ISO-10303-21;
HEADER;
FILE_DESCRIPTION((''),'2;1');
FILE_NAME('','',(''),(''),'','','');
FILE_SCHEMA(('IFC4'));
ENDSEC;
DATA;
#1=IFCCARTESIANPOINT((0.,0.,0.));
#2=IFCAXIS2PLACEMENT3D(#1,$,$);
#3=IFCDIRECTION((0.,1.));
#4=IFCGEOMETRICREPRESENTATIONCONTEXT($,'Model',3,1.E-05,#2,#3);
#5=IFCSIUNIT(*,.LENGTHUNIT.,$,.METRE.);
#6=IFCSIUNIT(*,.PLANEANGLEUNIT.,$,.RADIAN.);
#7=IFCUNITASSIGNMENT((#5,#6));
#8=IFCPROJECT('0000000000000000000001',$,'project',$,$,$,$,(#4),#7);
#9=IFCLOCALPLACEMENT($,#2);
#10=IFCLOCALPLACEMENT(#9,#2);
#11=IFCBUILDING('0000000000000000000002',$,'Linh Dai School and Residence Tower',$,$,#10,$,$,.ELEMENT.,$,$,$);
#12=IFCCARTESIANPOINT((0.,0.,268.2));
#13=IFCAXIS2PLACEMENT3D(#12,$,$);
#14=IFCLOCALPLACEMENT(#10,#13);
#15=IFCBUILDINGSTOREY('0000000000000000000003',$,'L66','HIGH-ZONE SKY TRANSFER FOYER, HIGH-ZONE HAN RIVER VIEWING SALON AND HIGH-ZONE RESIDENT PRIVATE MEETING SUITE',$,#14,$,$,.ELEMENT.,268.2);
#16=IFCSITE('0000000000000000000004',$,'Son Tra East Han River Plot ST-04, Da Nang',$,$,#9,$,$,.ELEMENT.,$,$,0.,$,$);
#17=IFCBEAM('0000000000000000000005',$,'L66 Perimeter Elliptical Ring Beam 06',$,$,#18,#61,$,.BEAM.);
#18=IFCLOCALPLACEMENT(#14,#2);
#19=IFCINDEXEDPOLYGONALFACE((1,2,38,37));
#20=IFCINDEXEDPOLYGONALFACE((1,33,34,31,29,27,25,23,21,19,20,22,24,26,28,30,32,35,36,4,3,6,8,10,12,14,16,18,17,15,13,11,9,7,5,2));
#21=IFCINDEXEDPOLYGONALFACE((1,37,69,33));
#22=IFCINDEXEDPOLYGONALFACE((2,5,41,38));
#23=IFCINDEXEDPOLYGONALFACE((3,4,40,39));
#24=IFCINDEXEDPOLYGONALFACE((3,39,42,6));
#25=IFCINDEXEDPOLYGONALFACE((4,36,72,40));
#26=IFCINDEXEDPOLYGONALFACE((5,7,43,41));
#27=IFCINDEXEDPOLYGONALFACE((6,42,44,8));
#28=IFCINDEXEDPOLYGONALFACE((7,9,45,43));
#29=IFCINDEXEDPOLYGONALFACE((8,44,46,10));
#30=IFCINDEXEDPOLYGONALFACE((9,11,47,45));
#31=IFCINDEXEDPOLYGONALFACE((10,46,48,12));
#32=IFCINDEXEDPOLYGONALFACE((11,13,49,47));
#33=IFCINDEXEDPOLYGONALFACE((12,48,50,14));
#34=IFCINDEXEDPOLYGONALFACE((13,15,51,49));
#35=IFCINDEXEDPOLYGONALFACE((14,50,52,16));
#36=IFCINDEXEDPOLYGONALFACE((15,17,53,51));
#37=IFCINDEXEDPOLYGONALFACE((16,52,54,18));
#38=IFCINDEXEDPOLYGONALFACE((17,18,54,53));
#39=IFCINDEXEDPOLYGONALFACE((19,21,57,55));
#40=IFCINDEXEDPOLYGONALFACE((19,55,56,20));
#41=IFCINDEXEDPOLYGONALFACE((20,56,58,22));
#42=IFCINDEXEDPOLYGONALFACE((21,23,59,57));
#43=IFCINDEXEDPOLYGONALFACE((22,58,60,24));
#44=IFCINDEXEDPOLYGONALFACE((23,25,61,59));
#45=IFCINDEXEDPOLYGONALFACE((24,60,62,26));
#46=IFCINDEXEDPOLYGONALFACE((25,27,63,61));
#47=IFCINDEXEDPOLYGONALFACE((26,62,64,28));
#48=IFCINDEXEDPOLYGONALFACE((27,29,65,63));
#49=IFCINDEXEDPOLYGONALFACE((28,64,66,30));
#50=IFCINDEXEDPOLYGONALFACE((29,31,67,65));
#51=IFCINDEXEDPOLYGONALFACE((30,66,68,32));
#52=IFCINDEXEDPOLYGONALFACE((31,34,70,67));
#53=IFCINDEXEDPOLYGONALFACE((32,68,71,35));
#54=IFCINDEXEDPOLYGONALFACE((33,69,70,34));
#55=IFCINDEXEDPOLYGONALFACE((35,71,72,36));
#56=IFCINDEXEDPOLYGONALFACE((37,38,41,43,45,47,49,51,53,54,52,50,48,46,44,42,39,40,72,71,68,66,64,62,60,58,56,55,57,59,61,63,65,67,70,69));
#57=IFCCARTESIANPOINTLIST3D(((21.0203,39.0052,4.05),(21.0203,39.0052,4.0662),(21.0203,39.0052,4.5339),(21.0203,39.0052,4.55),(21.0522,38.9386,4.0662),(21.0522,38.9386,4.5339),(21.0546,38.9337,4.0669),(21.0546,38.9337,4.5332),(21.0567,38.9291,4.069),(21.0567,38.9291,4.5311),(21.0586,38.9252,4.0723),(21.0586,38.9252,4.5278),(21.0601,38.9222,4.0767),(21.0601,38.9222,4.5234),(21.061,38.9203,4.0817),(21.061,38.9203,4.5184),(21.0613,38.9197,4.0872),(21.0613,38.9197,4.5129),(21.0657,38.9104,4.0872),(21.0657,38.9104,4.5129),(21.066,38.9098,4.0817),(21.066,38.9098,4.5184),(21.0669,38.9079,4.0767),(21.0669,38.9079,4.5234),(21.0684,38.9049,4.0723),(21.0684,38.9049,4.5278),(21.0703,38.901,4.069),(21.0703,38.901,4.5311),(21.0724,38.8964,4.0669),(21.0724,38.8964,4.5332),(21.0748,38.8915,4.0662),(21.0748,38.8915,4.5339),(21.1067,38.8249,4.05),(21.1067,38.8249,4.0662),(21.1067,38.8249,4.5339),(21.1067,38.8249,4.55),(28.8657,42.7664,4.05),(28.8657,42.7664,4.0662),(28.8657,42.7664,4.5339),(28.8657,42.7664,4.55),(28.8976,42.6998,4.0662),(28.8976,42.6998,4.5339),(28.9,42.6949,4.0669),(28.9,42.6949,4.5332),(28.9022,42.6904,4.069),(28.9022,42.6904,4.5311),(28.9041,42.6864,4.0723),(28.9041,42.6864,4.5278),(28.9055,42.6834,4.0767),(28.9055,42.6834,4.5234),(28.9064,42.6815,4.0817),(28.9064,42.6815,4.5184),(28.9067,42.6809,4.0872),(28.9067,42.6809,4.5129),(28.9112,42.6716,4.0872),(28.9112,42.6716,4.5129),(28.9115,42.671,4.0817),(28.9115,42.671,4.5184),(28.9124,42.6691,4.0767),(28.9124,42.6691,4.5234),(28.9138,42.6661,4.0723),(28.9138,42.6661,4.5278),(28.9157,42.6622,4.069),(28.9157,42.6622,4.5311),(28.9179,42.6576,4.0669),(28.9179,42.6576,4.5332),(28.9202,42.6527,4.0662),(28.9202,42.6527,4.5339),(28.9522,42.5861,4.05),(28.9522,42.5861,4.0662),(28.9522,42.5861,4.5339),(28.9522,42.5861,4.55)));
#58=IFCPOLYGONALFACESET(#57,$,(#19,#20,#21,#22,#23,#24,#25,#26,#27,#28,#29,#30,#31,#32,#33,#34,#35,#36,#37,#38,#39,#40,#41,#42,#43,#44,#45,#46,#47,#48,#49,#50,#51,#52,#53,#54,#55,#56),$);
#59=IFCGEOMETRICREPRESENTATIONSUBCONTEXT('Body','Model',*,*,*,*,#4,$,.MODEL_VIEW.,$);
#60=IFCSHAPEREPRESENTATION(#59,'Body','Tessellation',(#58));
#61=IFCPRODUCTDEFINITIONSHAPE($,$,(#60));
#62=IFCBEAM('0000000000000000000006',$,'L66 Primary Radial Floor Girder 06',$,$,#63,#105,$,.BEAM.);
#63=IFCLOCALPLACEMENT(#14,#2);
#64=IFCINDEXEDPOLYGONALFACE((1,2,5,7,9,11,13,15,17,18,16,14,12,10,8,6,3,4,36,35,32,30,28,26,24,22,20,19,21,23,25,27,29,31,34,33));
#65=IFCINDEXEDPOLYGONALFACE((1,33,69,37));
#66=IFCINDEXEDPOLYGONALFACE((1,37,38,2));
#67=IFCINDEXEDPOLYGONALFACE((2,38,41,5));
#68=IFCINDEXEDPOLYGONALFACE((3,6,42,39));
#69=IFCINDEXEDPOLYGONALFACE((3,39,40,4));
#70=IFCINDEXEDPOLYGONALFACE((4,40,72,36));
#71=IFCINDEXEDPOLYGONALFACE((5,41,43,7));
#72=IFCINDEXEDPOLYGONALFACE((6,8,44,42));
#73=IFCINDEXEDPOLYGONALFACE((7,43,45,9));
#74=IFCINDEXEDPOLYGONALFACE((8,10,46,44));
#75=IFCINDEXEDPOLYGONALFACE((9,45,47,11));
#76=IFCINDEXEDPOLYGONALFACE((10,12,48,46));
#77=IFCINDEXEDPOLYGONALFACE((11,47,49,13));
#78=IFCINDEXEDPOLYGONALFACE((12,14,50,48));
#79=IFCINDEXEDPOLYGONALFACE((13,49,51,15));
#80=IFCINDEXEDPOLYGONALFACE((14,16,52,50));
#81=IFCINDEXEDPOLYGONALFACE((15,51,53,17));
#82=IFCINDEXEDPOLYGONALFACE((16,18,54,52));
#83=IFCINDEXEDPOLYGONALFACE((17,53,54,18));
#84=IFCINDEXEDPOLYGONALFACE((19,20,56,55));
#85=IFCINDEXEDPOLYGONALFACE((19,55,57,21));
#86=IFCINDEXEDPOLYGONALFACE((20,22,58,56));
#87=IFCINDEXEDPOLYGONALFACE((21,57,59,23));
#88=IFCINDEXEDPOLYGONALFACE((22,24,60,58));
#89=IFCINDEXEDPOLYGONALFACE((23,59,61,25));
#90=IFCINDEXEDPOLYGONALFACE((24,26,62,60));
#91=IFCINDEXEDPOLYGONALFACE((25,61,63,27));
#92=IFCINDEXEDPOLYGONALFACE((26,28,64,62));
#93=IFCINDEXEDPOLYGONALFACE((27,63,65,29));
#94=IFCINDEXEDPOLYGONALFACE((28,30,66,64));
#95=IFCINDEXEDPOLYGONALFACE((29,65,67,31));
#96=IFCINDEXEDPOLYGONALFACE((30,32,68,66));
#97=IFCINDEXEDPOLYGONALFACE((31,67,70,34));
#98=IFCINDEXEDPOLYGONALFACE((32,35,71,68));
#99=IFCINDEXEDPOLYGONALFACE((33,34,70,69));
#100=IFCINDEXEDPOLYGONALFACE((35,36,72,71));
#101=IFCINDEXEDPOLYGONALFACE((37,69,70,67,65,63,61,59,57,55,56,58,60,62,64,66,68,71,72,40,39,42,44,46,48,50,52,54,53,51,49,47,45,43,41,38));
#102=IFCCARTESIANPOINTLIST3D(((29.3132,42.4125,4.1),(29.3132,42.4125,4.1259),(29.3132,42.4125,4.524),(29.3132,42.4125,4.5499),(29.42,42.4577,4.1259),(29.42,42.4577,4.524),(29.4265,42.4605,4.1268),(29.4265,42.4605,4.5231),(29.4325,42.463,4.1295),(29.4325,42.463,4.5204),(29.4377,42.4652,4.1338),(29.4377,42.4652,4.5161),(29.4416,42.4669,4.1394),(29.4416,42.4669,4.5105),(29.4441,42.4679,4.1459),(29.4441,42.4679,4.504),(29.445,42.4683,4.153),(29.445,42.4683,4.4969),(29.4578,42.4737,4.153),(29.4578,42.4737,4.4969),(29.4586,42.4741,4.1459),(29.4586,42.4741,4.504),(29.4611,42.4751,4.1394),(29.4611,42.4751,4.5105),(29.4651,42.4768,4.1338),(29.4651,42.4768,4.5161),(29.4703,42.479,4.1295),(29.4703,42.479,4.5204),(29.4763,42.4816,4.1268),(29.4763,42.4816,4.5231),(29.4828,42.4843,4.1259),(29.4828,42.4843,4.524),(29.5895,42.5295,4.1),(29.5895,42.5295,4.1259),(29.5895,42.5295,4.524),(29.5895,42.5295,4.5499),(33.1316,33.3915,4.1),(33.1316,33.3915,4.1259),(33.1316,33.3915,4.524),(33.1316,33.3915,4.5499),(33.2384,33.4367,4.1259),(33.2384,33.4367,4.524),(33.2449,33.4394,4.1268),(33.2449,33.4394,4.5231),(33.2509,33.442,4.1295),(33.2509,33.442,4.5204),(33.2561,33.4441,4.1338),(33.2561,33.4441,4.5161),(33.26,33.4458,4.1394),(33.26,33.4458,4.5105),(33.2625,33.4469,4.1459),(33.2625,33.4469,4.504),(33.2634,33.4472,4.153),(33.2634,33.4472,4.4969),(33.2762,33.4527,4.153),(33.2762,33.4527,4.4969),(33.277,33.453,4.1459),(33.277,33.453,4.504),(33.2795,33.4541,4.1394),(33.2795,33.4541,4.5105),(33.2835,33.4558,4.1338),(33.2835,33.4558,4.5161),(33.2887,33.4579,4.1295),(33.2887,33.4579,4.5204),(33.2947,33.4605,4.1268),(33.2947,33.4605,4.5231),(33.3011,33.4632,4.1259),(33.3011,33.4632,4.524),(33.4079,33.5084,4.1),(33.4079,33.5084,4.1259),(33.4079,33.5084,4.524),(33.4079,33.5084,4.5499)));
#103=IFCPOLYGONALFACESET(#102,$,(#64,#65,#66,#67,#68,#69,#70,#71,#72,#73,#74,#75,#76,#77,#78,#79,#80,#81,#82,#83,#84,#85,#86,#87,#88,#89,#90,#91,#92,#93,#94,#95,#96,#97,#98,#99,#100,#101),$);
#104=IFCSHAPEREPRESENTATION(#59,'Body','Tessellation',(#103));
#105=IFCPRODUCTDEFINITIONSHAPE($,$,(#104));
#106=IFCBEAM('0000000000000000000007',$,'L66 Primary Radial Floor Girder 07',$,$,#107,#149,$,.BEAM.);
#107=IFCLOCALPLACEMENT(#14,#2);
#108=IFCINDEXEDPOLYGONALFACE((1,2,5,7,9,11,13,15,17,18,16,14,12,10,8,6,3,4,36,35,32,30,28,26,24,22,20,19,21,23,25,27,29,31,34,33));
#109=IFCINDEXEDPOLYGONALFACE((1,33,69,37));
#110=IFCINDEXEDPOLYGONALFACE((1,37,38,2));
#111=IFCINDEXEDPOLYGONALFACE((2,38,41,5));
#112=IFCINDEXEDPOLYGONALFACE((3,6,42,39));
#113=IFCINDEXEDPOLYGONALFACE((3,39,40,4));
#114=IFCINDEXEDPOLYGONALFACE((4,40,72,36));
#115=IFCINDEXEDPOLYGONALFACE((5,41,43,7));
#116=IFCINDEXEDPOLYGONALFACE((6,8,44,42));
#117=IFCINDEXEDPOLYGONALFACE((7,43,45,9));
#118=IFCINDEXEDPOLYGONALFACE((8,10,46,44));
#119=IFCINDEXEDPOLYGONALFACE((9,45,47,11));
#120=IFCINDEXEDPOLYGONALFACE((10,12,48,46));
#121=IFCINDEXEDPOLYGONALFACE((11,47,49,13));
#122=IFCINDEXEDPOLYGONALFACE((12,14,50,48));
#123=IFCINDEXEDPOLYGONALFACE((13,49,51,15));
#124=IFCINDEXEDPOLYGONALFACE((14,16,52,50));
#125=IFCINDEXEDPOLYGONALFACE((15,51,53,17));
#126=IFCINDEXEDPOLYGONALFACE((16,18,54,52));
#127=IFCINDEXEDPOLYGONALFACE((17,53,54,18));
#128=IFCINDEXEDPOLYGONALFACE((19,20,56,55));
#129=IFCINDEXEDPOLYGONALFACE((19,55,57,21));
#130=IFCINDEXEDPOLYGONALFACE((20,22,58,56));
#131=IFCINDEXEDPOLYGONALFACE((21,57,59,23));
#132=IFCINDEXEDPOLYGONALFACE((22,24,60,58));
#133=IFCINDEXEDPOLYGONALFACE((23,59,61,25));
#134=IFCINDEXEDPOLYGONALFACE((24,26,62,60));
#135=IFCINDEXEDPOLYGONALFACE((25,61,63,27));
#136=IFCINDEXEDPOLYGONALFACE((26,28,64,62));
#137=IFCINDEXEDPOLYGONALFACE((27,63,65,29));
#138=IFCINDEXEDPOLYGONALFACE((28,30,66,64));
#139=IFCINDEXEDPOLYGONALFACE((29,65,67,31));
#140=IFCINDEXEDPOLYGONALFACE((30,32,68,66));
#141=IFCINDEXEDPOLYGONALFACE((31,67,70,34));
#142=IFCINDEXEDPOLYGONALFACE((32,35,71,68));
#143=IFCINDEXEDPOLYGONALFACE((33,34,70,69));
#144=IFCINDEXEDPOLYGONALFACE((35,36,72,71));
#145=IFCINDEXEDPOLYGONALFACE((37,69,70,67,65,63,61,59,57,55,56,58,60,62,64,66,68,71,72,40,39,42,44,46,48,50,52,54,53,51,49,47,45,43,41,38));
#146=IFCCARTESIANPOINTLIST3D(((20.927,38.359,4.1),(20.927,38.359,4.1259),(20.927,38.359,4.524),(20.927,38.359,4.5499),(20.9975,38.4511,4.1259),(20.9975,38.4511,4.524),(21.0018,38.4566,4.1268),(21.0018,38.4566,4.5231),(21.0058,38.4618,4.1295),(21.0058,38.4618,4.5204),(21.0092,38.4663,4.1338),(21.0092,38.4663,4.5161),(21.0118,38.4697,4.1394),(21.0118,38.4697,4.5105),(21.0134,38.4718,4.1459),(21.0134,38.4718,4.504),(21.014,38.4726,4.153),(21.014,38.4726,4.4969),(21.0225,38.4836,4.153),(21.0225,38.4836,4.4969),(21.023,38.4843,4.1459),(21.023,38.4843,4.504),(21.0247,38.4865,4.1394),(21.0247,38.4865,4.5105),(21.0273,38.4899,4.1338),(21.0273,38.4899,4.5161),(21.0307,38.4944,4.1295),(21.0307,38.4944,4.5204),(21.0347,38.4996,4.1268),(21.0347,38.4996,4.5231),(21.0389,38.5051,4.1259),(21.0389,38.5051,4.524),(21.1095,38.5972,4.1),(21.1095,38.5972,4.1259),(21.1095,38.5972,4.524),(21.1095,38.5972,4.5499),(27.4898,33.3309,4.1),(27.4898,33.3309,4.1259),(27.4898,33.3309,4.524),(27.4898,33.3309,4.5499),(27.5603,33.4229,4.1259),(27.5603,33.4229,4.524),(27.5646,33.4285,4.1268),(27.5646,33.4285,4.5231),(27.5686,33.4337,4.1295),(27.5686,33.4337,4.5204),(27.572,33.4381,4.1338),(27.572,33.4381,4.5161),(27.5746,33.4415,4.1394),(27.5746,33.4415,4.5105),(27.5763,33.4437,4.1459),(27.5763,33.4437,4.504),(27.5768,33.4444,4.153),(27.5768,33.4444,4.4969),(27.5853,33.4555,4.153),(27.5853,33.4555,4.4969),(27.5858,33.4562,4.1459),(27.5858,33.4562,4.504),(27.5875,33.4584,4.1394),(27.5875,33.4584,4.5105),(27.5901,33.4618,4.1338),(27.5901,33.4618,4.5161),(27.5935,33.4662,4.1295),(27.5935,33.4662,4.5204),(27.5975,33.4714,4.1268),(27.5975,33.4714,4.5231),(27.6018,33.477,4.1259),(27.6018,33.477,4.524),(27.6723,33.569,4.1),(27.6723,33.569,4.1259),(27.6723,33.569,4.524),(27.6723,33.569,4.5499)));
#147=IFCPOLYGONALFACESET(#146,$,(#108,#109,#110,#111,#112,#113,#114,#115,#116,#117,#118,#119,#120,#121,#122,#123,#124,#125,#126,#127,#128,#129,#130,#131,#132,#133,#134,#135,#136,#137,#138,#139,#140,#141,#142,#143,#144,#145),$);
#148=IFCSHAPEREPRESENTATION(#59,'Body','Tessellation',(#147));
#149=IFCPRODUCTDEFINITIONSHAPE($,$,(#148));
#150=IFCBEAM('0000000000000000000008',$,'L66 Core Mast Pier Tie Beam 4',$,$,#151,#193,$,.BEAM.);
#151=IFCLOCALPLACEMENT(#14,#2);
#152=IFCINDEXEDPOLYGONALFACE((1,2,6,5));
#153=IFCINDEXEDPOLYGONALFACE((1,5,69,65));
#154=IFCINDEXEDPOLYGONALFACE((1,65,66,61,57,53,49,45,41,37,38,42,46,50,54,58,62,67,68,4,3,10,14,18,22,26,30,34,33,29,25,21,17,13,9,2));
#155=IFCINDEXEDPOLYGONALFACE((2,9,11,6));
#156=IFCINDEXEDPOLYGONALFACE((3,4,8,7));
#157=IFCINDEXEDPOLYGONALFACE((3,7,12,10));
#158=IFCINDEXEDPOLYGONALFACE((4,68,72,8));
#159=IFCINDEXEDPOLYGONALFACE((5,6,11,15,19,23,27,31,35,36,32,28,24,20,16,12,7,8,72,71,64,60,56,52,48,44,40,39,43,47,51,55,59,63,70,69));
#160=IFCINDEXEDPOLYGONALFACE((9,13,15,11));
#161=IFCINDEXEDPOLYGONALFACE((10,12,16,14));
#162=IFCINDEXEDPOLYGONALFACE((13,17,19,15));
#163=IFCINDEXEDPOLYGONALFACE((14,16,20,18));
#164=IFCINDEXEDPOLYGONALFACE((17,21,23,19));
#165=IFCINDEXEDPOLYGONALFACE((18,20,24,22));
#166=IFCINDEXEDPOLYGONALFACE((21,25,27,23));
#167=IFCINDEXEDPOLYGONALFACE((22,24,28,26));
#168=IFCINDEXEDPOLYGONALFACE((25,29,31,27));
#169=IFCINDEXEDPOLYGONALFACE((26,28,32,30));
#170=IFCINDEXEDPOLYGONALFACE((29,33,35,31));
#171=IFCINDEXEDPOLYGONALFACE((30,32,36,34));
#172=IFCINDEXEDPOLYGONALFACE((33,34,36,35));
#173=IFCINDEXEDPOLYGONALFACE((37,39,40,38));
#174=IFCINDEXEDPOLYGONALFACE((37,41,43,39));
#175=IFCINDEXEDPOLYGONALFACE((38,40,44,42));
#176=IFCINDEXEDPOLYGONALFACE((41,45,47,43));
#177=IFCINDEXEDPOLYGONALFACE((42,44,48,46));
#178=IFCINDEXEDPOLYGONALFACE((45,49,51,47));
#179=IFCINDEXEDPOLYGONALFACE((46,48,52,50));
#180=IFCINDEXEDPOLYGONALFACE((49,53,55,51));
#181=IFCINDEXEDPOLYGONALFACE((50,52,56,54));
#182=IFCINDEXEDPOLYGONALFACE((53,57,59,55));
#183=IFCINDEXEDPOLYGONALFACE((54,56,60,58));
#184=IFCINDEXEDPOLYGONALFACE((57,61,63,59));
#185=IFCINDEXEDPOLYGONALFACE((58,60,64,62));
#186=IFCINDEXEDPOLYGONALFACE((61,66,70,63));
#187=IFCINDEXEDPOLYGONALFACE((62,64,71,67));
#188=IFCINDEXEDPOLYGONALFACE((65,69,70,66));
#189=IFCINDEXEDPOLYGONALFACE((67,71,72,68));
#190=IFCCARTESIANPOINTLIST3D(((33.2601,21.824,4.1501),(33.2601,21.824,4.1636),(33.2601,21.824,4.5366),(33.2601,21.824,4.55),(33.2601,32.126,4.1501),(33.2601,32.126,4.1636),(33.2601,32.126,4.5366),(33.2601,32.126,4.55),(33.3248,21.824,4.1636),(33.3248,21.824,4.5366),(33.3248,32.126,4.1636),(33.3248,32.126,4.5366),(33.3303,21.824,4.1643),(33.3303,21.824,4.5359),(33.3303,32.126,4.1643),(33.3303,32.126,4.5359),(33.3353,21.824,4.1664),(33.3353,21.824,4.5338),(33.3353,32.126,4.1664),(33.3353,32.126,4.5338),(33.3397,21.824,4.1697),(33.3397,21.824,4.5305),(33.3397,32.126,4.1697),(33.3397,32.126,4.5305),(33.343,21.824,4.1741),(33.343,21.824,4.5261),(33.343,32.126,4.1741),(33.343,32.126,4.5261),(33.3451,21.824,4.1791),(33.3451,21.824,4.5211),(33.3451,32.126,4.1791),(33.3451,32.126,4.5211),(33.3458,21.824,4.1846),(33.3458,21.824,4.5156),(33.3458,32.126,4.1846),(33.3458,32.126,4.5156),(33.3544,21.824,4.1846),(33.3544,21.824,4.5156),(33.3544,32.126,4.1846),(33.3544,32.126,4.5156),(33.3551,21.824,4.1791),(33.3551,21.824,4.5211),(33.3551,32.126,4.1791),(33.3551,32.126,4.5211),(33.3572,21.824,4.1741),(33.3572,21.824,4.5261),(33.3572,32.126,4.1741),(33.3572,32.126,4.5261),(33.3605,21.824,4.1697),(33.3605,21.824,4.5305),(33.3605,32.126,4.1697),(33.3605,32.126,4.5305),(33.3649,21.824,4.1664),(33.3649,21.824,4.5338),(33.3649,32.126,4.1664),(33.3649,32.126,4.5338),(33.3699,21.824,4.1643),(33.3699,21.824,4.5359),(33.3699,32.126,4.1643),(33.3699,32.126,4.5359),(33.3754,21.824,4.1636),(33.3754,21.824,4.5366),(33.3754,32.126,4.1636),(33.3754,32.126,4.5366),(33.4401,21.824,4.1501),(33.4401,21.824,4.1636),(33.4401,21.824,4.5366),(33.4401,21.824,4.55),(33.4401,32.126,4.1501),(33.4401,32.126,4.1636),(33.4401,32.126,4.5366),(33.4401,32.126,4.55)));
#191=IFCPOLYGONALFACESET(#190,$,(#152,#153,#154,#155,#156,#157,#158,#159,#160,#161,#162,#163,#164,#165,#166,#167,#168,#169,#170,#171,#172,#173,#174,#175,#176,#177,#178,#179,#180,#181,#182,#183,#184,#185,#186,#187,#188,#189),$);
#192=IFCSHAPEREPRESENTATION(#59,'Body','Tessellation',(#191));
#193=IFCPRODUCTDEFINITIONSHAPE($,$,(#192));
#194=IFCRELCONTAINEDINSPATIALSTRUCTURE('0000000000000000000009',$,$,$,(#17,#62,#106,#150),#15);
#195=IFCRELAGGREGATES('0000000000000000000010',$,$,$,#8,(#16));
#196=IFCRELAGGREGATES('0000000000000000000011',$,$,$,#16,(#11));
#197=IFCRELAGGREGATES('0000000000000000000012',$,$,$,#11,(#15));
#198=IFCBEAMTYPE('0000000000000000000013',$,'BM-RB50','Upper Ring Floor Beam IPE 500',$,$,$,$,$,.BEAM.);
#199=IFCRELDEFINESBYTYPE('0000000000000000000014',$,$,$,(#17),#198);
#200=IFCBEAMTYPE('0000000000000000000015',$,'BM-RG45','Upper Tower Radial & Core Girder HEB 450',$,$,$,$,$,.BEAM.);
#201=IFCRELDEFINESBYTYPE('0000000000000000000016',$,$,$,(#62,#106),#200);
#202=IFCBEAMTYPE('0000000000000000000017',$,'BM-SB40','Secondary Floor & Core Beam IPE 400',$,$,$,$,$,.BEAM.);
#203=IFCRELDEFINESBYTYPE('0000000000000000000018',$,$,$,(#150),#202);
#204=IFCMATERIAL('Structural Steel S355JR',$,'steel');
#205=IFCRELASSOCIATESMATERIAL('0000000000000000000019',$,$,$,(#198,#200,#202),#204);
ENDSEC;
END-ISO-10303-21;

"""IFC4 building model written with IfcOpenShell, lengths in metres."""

from ifc_helpers import new_model, si_unit, direction, frame, origin, origin_2d, place, context, subcontext, project, spatial, i_section, extrude, material, material_profile, profile_set, type_object, element, save


model = new_model("IFC4")

# Units and contexts
model_context = context("Model", 3, precision=1e-05, world=origin(), true_north=direction((0.0, 1.0)))
body_context = subcontext(model_context, "Body", "Model", "MODEL_VIEW")
ifc_project = project(units=[si_unit("LENGTHUNIT", "METRE"), si_unit("PLANEANGLEUNIT", "RADIAN")], contexts=[model_context])

# Site, building, storey
site_placement = place(None, origin())
site = spatial("IfcSite", under=ifc_project, at=site_placement, Name="Son Tra East Han River Plot ST-04, Da Nang", CompositionType="ELEMENT", RefElevation=0.0)
building_placement = place(site_placement, origin())
building = spatial("IfcBuilding", under=site, at=building_placement, Name="Linh Dai School and Residence Tower", CompositionType="ELEMENT")
storey_placement = place(building_placement, frame((0.0, 0.0, 268.2)))
storey = spatial("IfcBuildingStorey", under=building, at=storey_placement, Name="L66", Description="HIGH-ZONE SKY TRANSFER FOYER, HIGH-ZONE HAN RIVER VIEWING SALON AND HIGH-ZONE RESIDENT PRIVATE MEETING SUITE", CompositionType="ELEMENT", Elevation=268.2)

# Shared definitions
ifc_material_1 = material(Name="Structural Steel S355JR", Category="steel")

# Beams
ifc_material_profile_1 = material_profile(ifc_material_1, i_section(OverallWidth=0.2, OverallDepth=0.5, WebThickness=0.0103, FlangeThickness=0.0161, FilletRadius=0.021, at=origin_2d()), Name="IPE 500")
ifc_profile_set_1 = profile_set([ifc_material_profile_1], Name="Structural Steel S355JR")
beam_type_1 = type_object("IfcBeamType", Name="BM-RB50", Description="Upper Ring Floor Beam IPE 500", PredefinedType="BEAM", material=ifc_profile_set_1)
beam_1_placement = place(storey_placement, frame((28.9089, 42.6763, 4.3), z_axis=(-0.901729, -0.432302, 0.0), x_axis=(0.432302, -0.901729, 0.0)))
element("IfcBeam", 1, at=beam_1_placement, inside=storey, type_object=beam_type_1, Name="L66 Perimeter Elliptical Ring Beam 06", PredefinedType="BEAM", context=body_context, shape_type="SweptSolid", body=[
    extrude(i_section(OverallWidth=0.2, OverallDepth=0.5, WebThickness=0.0103, FlangeThickness=0.0161, FilletRadius=0.021, at=origin_2d()), origin(), (0.0, 0.0, 1.0), 8.7004),
])
ifc_material_profile_2 = material_profile(ifc_material_1, i_section(OverallWidth=0.3, OverallDepth=0.45, WebThickness=0.0139, FlangeThickness=0.0259, FilletRadius=0.0271, at=origin_2d()), Name="HEB 450")
ifc_profile_set_2 = profile_set([ifc_material_profile_2], Name="Structural Steel S355JR")
beam_type_2 = type_object("IfcBeamType", Name="BM-RG45", Description="Upper Tower Radial & Core Girder HEB 450", PredefinedType="BEAM", material=ifc_profile_set_2)
beam_2_placement = place(storey_placement, frame((33.2698, 33.45, 4.325), z_axis=(-0.389794, 0.920902, 0.0), x_axis=(-0.920902, -0.389794, 0.0)))
element("IfcBeam", 2, at=beam_2_placement, inside=storey, type_object=beam_type_2, Name="L66 Primary Radial Floor Girder 06", PredefinedType="BEAM", context=body_context, shape_type="SweptSolid", body=[
    extrude(i_section(OverallWidth=0.3, OverallDepth=0.45, WebThickness=0.0139, FlangeThickness=0.0259, FilletRadius=0.0271, at=origin_2d()), origin(), (0.0, 0.0, 1.0), 9.7959),
])
beam_3_placement = place(storey_placement, frame((27.5811, 33.45, 4.325), z_axis=(-0.793803, 0.608175, 0.0), x_axis=(-0.608175, -0.793803, 0.0)))
element("IfcBeam", 3, at=beam_3_placement, inside=storey, type_object=beam_type_2, Name="L66 Primary Radial Floor Girder 07", PredefinedType="BEAM", context=body_context, shape_type="SweptSolid", body=[
    extrude(i_section(OverallWidth=0.3, OverallDepth=0.45, WebThickness=0.0139, FlangeThickness=0.0259, FilletRadius=0.0271, at=origin_2d()), origin(), (0.0, 0.0, 1.0), 8.2676),
])
ifc_material_profile_3 = material_profile(ifc_material_1, i_section(OverallWidth=0.1799, OverallDepth=0.3999, WebThickness=0.0085, FlangeThickness=0.0134, FilletRadius=0.021, at=origin_2d()), Name="IPE 400")
ifc_profile_set_3 = profile_set([ifc_material_profile_3], Name="Structural Steel S355JR")
beam_type_3 = type_object("IfcBeamType", Name="BM-SB40", Description="Secondary Floor & Core Beam IPE 400", PredefinedType="BEAM", material=ifc_profile_set_3)
beam_4_placement = place(storey_placement, frame((33.3501, 32.126, 4.3501), z_axis=(0.0, -1.0, 0.0), x_axis=(1.0, 0.0, 0.0)))
element("IfcBeam", 4, at=beam_4_placement, inside=storey, type_object=beam_type_3, Name="L66 Core Mast Pier Tie Beam 4", PredefinedType="BEAM", context=body_context, shape_type="SweptSolid", body=[
    extrude(i_section(OverallWidth=0.1799, OverallDepth=0.3999, WebThickness=0.0085, FlangeThickness=0.0134, FilletRadius=0.021, at=origin_2d()), origin(), (0.0, 0.0, 1.0), 10.302),
])

save(model, "model.ifc")
